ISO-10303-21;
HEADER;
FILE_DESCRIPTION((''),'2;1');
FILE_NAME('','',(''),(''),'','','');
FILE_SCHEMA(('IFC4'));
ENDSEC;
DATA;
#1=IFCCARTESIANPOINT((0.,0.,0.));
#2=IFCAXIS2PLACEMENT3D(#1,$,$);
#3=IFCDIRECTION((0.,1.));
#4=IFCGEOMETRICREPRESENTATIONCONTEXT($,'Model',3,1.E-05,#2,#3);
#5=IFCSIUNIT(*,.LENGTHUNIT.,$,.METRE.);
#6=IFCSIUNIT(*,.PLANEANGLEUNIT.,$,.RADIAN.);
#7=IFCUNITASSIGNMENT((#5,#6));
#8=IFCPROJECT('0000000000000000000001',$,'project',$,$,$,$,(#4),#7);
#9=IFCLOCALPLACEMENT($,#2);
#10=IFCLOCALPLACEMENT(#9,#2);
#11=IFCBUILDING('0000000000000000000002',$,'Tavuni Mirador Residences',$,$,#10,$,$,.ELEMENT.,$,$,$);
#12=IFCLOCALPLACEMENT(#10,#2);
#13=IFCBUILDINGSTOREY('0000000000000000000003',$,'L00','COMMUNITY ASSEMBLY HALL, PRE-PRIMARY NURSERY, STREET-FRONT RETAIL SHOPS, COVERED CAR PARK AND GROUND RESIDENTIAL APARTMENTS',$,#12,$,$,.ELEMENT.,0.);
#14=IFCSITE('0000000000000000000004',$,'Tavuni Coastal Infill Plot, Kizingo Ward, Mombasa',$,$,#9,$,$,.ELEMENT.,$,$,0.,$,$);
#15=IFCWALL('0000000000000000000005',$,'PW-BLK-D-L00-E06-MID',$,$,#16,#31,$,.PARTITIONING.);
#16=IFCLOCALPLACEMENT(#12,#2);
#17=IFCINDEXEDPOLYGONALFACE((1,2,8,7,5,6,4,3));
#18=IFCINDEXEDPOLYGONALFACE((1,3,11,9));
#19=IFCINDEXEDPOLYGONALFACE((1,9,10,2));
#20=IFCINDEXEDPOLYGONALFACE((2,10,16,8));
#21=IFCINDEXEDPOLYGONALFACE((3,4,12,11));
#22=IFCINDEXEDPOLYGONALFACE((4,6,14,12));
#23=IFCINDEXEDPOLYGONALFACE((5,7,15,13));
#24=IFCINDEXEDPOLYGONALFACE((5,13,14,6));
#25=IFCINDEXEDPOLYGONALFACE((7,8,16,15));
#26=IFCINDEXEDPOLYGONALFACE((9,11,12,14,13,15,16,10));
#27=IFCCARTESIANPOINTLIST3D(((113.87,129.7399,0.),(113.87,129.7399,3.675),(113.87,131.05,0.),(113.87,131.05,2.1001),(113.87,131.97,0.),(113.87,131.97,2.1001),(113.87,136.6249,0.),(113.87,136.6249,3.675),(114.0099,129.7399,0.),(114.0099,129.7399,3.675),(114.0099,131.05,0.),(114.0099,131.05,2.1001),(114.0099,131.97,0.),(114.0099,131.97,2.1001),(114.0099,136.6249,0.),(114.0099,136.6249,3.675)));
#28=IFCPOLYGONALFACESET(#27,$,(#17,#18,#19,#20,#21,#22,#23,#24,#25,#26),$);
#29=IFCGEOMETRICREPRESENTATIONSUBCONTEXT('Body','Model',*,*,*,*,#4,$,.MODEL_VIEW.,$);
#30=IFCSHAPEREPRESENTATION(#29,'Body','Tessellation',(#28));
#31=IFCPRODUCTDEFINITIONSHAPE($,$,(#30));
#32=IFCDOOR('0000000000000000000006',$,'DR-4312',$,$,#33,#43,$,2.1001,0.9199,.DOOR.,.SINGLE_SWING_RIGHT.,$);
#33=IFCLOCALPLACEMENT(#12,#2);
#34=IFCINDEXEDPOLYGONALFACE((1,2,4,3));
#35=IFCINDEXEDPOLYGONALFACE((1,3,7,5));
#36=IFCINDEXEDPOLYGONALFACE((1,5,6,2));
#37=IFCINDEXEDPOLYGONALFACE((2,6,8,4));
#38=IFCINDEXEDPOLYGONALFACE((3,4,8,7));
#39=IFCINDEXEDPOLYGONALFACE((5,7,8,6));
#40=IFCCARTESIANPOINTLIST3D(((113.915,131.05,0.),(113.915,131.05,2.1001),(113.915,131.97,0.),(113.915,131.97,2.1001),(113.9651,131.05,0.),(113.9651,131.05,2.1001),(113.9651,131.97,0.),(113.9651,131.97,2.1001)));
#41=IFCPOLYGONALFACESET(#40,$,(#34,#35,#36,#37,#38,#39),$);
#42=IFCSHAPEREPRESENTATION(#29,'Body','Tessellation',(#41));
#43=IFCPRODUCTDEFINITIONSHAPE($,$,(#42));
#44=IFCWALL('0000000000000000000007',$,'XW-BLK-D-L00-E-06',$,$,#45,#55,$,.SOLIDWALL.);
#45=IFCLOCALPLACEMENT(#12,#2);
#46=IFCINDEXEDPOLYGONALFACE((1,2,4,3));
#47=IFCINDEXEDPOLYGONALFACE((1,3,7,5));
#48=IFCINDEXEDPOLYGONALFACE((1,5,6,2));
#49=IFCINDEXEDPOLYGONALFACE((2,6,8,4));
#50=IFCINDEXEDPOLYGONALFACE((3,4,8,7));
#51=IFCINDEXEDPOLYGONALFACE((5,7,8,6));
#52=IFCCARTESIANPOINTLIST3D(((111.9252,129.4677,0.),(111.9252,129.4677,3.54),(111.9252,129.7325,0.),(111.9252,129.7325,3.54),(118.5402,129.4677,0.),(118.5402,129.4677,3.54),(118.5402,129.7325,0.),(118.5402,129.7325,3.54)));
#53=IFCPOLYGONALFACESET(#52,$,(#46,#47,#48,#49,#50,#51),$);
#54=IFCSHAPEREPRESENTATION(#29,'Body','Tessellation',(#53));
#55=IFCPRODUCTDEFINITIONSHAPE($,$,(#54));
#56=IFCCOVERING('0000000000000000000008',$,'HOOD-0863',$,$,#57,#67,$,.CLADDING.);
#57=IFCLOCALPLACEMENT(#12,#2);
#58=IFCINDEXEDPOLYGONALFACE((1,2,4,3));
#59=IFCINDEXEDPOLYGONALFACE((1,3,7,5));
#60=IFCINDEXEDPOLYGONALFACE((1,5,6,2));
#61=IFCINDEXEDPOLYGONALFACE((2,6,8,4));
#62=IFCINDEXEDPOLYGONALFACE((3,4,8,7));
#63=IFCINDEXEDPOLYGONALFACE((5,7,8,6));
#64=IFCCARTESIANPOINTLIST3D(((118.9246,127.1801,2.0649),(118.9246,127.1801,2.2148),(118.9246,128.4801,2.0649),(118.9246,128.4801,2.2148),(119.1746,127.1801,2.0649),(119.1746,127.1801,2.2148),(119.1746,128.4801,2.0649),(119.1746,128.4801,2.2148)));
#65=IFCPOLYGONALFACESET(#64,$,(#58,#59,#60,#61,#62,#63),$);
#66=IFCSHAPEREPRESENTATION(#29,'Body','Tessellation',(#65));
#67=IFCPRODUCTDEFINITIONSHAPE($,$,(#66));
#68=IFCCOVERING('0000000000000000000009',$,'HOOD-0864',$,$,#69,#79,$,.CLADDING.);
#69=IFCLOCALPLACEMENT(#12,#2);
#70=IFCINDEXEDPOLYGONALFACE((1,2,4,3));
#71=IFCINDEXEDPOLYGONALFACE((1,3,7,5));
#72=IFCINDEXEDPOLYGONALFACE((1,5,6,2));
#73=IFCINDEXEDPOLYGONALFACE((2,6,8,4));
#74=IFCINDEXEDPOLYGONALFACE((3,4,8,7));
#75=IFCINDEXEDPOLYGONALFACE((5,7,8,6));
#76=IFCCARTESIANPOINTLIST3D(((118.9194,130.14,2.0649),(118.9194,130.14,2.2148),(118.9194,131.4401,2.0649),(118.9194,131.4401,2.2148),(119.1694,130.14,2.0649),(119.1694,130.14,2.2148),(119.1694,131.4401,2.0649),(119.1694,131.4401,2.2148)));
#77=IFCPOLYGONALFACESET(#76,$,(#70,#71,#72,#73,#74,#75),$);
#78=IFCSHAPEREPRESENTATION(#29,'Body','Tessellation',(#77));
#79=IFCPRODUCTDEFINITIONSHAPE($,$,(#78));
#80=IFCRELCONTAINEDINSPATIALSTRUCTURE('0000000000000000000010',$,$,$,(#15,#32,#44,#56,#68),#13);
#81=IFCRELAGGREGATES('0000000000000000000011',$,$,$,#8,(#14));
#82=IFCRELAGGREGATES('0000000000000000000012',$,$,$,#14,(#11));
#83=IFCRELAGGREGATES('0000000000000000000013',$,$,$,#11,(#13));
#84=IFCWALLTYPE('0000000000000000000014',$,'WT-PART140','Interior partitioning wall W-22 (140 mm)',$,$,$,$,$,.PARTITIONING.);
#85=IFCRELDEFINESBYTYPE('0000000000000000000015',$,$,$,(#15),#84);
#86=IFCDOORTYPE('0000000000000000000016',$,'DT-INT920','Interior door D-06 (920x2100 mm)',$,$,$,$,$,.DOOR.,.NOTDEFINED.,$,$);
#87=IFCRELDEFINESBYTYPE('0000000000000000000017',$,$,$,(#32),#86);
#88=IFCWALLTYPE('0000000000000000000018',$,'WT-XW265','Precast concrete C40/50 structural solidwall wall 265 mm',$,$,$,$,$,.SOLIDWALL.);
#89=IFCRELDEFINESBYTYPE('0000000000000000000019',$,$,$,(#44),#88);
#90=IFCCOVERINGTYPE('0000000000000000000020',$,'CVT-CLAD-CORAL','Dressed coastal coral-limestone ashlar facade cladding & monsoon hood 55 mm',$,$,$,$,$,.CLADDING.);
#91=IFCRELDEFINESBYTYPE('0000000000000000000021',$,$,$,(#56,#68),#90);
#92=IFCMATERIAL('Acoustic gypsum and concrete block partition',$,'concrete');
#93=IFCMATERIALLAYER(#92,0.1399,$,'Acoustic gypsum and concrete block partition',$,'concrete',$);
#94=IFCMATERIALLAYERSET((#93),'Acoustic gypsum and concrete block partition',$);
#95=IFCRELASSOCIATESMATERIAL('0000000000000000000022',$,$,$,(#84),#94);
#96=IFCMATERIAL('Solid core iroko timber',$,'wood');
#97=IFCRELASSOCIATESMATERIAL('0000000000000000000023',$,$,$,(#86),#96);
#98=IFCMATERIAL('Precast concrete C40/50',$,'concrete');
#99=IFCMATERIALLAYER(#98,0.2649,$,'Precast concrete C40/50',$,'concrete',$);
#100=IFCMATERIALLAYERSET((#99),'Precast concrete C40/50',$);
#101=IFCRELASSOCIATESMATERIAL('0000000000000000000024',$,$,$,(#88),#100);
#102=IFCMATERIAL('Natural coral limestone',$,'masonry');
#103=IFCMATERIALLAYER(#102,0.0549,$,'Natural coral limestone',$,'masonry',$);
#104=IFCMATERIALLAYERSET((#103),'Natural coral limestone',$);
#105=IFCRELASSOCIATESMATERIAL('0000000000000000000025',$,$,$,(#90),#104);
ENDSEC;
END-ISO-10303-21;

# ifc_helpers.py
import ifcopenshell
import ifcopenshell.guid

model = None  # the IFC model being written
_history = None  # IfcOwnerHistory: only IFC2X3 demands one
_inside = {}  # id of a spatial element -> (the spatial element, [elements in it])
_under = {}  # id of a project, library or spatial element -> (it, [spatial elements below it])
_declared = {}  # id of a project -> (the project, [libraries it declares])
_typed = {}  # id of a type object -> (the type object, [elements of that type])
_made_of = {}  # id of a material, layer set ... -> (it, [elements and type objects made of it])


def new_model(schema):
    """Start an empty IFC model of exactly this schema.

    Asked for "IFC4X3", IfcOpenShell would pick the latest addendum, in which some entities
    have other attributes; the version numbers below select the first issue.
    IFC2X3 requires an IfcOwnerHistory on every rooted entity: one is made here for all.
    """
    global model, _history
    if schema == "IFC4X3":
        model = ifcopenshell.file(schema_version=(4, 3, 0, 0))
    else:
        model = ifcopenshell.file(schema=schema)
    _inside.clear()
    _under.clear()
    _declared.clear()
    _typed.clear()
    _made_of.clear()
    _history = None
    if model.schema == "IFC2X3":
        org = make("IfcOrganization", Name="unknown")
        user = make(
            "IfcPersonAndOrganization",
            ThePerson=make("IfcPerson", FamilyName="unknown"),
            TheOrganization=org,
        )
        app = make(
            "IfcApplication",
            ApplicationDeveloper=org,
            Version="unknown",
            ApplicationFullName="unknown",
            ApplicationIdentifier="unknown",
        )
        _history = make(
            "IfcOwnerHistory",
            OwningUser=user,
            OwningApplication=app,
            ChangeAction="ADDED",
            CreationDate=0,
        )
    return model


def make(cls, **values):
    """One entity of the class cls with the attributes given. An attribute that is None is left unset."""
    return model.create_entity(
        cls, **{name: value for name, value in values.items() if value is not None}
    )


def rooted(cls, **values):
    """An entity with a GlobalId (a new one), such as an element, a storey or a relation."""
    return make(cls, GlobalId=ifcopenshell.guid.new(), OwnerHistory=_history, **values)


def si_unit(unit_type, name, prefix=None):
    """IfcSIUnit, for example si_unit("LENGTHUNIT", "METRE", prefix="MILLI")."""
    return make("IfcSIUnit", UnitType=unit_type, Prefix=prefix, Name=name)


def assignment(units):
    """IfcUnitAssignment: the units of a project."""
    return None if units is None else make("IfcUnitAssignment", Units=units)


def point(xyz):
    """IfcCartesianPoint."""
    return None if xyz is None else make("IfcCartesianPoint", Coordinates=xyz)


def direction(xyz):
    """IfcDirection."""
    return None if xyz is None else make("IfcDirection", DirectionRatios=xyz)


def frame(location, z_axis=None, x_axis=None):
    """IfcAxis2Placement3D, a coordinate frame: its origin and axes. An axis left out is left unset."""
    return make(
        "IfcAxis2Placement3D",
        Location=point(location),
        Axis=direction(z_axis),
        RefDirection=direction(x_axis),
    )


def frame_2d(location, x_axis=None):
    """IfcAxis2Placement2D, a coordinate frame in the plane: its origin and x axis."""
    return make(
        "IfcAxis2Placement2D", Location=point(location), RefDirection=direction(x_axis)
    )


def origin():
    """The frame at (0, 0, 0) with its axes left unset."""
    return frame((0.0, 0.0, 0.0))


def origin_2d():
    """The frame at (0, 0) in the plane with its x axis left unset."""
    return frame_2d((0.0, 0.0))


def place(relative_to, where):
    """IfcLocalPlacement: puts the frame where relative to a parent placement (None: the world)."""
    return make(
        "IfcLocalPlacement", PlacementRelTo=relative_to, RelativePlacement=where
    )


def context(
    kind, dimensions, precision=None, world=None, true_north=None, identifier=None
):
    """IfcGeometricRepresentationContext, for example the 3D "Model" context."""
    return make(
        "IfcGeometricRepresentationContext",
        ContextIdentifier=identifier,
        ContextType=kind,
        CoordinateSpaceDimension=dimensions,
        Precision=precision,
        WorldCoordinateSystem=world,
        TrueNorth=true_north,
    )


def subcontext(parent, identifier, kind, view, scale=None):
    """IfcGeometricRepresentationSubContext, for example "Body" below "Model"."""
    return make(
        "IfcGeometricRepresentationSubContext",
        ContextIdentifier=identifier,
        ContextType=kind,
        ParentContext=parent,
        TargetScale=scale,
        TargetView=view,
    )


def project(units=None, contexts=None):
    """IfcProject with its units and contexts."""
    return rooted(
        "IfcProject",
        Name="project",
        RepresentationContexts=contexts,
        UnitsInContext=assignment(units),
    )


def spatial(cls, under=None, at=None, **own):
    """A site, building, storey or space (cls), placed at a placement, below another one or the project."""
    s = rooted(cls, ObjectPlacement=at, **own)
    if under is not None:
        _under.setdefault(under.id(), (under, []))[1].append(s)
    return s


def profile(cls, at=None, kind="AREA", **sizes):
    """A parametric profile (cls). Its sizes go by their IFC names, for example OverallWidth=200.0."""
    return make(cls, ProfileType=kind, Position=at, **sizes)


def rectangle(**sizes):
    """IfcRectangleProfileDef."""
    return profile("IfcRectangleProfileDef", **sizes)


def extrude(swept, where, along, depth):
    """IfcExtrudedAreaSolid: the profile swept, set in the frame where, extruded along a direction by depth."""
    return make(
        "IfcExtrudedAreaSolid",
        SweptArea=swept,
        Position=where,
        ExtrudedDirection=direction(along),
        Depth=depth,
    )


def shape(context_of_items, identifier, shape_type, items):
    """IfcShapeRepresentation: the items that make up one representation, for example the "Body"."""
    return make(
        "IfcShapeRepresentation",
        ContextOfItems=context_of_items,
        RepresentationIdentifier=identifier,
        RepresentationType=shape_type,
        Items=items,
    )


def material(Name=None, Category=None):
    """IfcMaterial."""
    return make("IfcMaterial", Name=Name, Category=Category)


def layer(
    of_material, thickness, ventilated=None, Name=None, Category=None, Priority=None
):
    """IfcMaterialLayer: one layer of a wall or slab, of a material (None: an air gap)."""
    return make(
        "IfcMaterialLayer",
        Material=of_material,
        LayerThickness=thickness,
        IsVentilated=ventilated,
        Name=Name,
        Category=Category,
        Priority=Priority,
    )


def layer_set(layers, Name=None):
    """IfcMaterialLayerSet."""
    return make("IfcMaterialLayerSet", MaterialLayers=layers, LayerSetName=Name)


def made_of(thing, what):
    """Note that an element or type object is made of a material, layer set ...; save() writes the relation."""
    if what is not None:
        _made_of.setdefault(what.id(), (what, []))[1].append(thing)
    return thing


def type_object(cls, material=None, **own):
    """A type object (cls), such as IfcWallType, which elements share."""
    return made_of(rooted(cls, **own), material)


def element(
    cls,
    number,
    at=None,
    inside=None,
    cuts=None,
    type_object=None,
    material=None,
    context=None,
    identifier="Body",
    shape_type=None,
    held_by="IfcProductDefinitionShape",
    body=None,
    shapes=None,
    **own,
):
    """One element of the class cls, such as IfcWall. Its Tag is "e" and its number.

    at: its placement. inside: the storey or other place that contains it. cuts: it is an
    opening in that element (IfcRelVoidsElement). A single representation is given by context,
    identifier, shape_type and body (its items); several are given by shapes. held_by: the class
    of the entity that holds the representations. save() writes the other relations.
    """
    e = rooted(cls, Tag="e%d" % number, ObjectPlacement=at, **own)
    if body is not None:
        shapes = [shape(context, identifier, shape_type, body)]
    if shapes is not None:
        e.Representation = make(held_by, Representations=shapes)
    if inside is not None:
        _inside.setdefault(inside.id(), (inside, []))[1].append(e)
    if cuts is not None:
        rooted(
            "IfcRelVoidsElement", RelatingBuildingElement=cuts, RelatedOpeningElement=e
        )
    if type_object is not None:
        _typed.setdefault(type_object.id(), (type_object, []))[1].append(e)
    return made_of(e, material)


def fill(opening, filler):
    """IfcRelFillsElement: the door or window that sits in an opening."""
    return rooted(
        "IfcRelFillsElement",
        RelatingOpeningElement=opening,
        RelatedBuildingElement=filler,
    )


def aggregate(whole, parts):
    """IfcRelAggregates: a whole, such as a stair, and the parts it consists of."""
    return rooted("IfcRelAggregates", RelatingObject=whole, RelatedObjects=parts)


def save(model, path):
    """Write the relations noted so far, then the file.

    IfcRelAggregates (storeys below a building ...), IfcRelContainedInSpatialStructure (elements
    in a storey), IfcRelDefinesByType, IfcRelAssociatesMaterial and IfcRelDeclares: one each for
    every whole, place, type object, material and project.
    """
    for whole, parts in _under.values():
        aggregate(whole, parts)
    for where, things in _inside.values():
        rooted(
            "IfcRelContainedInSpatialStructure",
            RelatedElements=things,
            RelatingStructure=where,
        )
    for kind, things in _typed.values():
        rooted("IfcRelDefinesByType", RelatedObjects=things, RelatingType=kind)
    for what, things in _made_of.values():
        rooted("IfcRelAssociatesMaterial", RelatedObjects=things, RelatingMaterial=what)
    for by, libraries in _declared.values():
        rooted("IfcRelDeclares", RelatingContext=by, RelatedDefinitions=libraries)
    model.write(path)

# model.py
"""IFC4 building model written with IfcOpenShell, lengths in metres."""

from ifc_helpers import new_model, si_unit, direction, frame, frame_2d, origin, origin_2d, place, context, subcontext, project, spatial, rectangle, extrude, material, layer, layer_set, type_object, element, fill, save


model = new_model("IFC4")

# Units and contexts
model_context = context("Model", 3, precision=1e-05, world=origin(), true_north=direction((0.0, 1.0)))
body_context = subcontext(model_context, "Body", "Model", "MODEL_VIEW")
ifc_project = project(units=[si_unit("LENGTHUNIT", "METRE"), si_unit("PLANEANGLEUNIT", "RADIAN")], contexts=[model_context])

# Site, building, storey
site_placement = place(None, origin())
site = spatial("IfcSite", under=ifc_project, at=site_placement, Name="Tavuni Coastal Infill Plot, Kizingo Ward, Mombasa", CompositionType="ELEMENT", RefElevation=0.0)
building_placement = place(site_placement, origin())
building = spatial("IfcBuilding", under=site, at=building_placement, Name="Tavuni Mirador Residences", CompositionType="ELEMENT")
storey_placement = place(building_placement, origin())
storey = spatial("IfcBuildingStorey", under=building, at=storey_placement, Name="L00", Description="COMMUNITY ASSEMBLY HALL, PRE-PRIMARY NURSERY, STREET-FRONT RETAIL SHOPS, COVERED CAR PARK AND GROUND RESIDENTIAL APARTMENTS", CompositionType="ELEMENT", Elevation=0.0)

# Shared definitions
ifc_material_1 = material(Name="Precast concrete C40/50", Category="concrete")

# Shared definitions
ifc_material_2 = material(Name="Solid core iroko timber", Category="wood")

# Wall, opening, door
ifc_material_3 = material(Name="Acoustic gypsum and concrete block partition", Category="concrete")
ifc_layer_1 = layer(ifc_material_3, 0.1399, Name="Acoustic gypsum and concrete block partition", Category="concrete")
ifc_layer_set_1 = layer_set([ifc_layer_1], Name="Acoustic gypsum and concrete block partition")
wall_type_1 = type_object("IfcWallType", Name="WT-PART140", Description="Interior partitioning wall W-22 (140 mm)", PredefinedType="PARTITIONING", material=ifc_layer_set_1)
wall_1_placement = place(storey_placement, frame((113.9399, 129.74, 0.0), z_axis=(0.0, 0.0, 1.0), x_axis=(0.0, 1.0, 0.0)))
wall_1 = element("IfcWall", 1, at=wall_1_placement, inside=storey, type_object=wall_type_1, Name="PW-BLK-D-L00-E06-MID", PredefinedType="PARTITIONING", context=body_context, shape_type="SweptSolid", body=[
    extrude(rectangle(XDim=6.885, YDim=0.1399, at=frame_2d((3.4424, 0.0))), origin(), (0.0, 0.0, 1.0), 3.675),
])
opening_1_placement = place(wall_1_placement, frame((1.3101, 0.0, 0.0)))
opening_1 = element("IfcOpeningElement", 2, at=opening_1_placement, cuts=wall_1, PredefinedType="OPENING", context=body_context, shape_type="SweptSolid", body=[
    extrude(rectangle(XDim=0.9199, YDim=2.1001, at=frame_2d((0.46, 1.05))), frame((0.0, 0.0801, 0.0), z_axis=(0.0, -1.0, 0.0), x_axis=(1.0, 0.0, 0.0)), (0.0, 0.0, 1.0), 0.1599),
])
door_type_1 = type_object("IfcDoorType", Name="DT-INT920", Description="Interior door D-06 (920x2100 mm)", OperationType="NOTDEFINED", PredefinedType="DOOR", material=ifc_material_2)
door_1_placement = place(opening_1_placement, origin())
door_1 = element("IfcDoor", 3, at=door_1_placement, inside=storey, type_object=door_type_1, Name="DR-4312", OperationType="SINGLE_SWING_RIGHT", OverallHeight=2.1001, OverallWidth=0.9199, PredefinedType="DOOR", context=body_context, shape_type="SweptSolid", body=[
    extrude(rectangle(XDim=0.9199, YDim=2.1001, at=frame_2d((0.46, 1.05))), frame((0.0, 0.0249, 0.0), z_axis=(0.0, -1.0, 0.0), x_axis=(1.0, 0.0, 0.0)), (0.0, 0.0, 1.0), 0.05),
])
fill(opening_1, door_1)

# Wall
ifc_layer_2 = layer(ifc_material_1, 0.2649, Name="Precast concrete C40/50", Category="concrete")
ifc_layer_set_2 = layer_set([ifc_layer_2], Name="Precast concrete C40/50")
wall_type_2 = type_object("IfcWallType", Name="WT-XW265", Description="Precast concrete C40/50 structural solidwall wall 265 mm", PredefinedType="SOLIDWALL", material=ifc_layer_set_2)
wall_2_placement = place(storey_placement, frame((111.925, 129.6001, 0.0), z_axis=(0.0, 0.0, 1.0), x_axis=(1.0, 0.0, 0.0)))
element("IfcWall", 4, at=wall_2_placement, inside=storey, type_object=wall_type_2, Name="XW-BLK-D-L00-E-06", PredefinedType="SOLIDWALL", context=body_context, shape_type="SweptSolid", body=[
    extrude(rectangle(XDim=6.615, YDim=0.2649, at=frame_2d((3.3076, 0.0))), origin(), (0.0, 0.0, 1.0), 3.54),
])

# Coverings
ifc_material_4 = material(Name="Natural coral limestone", Category="masonry")
ifc_layer_3 = layer(ifc_material_4, 0.0549, Name="Natural coral limestone", Category="masonry")
ifc_layer_set_3 = layer_set([ifc_layer_3], Name="Natural coral limestone")
covering_type = type_object("IfcCoveringType", Name="CVT-CLAD-CORAL", Description="Dressed coastal coral-limestone ashlar facade cladding & monsoon hood 55 mm", PredefinedType="CLADDING", material=ifc_layer_set_3)
for number, where, z_axis, x_axis, name in (
    (5, (119.0496, 127.8301, 2.0649), (0.0, 0.0, 1.0), (0.0, 1.0, 0.0), "HOOD-0863"),
    (6, (119.0444, 130.79, 2.0649), (0.0, 0.0, 1.0), (0.0, 1.0, 0.0), "HOOD-0864"),
):
    element("IfcCovering", number, at=place(storey_placement, frame(where, z_axis=z_axis, x_axis=x_axis)), inside=storey, type_object=covering_type, Name=name, PredefinedType="CLADDING", context=body_context, shape_type="SweptSolid", body=[
        extrude(rectangle(XDim=1.3, YDim=0.25, at=origin_2d()), origin(), (0.0, 0.0, 1.0), 0.1499),
    ])

save(model, "model.ifc")
